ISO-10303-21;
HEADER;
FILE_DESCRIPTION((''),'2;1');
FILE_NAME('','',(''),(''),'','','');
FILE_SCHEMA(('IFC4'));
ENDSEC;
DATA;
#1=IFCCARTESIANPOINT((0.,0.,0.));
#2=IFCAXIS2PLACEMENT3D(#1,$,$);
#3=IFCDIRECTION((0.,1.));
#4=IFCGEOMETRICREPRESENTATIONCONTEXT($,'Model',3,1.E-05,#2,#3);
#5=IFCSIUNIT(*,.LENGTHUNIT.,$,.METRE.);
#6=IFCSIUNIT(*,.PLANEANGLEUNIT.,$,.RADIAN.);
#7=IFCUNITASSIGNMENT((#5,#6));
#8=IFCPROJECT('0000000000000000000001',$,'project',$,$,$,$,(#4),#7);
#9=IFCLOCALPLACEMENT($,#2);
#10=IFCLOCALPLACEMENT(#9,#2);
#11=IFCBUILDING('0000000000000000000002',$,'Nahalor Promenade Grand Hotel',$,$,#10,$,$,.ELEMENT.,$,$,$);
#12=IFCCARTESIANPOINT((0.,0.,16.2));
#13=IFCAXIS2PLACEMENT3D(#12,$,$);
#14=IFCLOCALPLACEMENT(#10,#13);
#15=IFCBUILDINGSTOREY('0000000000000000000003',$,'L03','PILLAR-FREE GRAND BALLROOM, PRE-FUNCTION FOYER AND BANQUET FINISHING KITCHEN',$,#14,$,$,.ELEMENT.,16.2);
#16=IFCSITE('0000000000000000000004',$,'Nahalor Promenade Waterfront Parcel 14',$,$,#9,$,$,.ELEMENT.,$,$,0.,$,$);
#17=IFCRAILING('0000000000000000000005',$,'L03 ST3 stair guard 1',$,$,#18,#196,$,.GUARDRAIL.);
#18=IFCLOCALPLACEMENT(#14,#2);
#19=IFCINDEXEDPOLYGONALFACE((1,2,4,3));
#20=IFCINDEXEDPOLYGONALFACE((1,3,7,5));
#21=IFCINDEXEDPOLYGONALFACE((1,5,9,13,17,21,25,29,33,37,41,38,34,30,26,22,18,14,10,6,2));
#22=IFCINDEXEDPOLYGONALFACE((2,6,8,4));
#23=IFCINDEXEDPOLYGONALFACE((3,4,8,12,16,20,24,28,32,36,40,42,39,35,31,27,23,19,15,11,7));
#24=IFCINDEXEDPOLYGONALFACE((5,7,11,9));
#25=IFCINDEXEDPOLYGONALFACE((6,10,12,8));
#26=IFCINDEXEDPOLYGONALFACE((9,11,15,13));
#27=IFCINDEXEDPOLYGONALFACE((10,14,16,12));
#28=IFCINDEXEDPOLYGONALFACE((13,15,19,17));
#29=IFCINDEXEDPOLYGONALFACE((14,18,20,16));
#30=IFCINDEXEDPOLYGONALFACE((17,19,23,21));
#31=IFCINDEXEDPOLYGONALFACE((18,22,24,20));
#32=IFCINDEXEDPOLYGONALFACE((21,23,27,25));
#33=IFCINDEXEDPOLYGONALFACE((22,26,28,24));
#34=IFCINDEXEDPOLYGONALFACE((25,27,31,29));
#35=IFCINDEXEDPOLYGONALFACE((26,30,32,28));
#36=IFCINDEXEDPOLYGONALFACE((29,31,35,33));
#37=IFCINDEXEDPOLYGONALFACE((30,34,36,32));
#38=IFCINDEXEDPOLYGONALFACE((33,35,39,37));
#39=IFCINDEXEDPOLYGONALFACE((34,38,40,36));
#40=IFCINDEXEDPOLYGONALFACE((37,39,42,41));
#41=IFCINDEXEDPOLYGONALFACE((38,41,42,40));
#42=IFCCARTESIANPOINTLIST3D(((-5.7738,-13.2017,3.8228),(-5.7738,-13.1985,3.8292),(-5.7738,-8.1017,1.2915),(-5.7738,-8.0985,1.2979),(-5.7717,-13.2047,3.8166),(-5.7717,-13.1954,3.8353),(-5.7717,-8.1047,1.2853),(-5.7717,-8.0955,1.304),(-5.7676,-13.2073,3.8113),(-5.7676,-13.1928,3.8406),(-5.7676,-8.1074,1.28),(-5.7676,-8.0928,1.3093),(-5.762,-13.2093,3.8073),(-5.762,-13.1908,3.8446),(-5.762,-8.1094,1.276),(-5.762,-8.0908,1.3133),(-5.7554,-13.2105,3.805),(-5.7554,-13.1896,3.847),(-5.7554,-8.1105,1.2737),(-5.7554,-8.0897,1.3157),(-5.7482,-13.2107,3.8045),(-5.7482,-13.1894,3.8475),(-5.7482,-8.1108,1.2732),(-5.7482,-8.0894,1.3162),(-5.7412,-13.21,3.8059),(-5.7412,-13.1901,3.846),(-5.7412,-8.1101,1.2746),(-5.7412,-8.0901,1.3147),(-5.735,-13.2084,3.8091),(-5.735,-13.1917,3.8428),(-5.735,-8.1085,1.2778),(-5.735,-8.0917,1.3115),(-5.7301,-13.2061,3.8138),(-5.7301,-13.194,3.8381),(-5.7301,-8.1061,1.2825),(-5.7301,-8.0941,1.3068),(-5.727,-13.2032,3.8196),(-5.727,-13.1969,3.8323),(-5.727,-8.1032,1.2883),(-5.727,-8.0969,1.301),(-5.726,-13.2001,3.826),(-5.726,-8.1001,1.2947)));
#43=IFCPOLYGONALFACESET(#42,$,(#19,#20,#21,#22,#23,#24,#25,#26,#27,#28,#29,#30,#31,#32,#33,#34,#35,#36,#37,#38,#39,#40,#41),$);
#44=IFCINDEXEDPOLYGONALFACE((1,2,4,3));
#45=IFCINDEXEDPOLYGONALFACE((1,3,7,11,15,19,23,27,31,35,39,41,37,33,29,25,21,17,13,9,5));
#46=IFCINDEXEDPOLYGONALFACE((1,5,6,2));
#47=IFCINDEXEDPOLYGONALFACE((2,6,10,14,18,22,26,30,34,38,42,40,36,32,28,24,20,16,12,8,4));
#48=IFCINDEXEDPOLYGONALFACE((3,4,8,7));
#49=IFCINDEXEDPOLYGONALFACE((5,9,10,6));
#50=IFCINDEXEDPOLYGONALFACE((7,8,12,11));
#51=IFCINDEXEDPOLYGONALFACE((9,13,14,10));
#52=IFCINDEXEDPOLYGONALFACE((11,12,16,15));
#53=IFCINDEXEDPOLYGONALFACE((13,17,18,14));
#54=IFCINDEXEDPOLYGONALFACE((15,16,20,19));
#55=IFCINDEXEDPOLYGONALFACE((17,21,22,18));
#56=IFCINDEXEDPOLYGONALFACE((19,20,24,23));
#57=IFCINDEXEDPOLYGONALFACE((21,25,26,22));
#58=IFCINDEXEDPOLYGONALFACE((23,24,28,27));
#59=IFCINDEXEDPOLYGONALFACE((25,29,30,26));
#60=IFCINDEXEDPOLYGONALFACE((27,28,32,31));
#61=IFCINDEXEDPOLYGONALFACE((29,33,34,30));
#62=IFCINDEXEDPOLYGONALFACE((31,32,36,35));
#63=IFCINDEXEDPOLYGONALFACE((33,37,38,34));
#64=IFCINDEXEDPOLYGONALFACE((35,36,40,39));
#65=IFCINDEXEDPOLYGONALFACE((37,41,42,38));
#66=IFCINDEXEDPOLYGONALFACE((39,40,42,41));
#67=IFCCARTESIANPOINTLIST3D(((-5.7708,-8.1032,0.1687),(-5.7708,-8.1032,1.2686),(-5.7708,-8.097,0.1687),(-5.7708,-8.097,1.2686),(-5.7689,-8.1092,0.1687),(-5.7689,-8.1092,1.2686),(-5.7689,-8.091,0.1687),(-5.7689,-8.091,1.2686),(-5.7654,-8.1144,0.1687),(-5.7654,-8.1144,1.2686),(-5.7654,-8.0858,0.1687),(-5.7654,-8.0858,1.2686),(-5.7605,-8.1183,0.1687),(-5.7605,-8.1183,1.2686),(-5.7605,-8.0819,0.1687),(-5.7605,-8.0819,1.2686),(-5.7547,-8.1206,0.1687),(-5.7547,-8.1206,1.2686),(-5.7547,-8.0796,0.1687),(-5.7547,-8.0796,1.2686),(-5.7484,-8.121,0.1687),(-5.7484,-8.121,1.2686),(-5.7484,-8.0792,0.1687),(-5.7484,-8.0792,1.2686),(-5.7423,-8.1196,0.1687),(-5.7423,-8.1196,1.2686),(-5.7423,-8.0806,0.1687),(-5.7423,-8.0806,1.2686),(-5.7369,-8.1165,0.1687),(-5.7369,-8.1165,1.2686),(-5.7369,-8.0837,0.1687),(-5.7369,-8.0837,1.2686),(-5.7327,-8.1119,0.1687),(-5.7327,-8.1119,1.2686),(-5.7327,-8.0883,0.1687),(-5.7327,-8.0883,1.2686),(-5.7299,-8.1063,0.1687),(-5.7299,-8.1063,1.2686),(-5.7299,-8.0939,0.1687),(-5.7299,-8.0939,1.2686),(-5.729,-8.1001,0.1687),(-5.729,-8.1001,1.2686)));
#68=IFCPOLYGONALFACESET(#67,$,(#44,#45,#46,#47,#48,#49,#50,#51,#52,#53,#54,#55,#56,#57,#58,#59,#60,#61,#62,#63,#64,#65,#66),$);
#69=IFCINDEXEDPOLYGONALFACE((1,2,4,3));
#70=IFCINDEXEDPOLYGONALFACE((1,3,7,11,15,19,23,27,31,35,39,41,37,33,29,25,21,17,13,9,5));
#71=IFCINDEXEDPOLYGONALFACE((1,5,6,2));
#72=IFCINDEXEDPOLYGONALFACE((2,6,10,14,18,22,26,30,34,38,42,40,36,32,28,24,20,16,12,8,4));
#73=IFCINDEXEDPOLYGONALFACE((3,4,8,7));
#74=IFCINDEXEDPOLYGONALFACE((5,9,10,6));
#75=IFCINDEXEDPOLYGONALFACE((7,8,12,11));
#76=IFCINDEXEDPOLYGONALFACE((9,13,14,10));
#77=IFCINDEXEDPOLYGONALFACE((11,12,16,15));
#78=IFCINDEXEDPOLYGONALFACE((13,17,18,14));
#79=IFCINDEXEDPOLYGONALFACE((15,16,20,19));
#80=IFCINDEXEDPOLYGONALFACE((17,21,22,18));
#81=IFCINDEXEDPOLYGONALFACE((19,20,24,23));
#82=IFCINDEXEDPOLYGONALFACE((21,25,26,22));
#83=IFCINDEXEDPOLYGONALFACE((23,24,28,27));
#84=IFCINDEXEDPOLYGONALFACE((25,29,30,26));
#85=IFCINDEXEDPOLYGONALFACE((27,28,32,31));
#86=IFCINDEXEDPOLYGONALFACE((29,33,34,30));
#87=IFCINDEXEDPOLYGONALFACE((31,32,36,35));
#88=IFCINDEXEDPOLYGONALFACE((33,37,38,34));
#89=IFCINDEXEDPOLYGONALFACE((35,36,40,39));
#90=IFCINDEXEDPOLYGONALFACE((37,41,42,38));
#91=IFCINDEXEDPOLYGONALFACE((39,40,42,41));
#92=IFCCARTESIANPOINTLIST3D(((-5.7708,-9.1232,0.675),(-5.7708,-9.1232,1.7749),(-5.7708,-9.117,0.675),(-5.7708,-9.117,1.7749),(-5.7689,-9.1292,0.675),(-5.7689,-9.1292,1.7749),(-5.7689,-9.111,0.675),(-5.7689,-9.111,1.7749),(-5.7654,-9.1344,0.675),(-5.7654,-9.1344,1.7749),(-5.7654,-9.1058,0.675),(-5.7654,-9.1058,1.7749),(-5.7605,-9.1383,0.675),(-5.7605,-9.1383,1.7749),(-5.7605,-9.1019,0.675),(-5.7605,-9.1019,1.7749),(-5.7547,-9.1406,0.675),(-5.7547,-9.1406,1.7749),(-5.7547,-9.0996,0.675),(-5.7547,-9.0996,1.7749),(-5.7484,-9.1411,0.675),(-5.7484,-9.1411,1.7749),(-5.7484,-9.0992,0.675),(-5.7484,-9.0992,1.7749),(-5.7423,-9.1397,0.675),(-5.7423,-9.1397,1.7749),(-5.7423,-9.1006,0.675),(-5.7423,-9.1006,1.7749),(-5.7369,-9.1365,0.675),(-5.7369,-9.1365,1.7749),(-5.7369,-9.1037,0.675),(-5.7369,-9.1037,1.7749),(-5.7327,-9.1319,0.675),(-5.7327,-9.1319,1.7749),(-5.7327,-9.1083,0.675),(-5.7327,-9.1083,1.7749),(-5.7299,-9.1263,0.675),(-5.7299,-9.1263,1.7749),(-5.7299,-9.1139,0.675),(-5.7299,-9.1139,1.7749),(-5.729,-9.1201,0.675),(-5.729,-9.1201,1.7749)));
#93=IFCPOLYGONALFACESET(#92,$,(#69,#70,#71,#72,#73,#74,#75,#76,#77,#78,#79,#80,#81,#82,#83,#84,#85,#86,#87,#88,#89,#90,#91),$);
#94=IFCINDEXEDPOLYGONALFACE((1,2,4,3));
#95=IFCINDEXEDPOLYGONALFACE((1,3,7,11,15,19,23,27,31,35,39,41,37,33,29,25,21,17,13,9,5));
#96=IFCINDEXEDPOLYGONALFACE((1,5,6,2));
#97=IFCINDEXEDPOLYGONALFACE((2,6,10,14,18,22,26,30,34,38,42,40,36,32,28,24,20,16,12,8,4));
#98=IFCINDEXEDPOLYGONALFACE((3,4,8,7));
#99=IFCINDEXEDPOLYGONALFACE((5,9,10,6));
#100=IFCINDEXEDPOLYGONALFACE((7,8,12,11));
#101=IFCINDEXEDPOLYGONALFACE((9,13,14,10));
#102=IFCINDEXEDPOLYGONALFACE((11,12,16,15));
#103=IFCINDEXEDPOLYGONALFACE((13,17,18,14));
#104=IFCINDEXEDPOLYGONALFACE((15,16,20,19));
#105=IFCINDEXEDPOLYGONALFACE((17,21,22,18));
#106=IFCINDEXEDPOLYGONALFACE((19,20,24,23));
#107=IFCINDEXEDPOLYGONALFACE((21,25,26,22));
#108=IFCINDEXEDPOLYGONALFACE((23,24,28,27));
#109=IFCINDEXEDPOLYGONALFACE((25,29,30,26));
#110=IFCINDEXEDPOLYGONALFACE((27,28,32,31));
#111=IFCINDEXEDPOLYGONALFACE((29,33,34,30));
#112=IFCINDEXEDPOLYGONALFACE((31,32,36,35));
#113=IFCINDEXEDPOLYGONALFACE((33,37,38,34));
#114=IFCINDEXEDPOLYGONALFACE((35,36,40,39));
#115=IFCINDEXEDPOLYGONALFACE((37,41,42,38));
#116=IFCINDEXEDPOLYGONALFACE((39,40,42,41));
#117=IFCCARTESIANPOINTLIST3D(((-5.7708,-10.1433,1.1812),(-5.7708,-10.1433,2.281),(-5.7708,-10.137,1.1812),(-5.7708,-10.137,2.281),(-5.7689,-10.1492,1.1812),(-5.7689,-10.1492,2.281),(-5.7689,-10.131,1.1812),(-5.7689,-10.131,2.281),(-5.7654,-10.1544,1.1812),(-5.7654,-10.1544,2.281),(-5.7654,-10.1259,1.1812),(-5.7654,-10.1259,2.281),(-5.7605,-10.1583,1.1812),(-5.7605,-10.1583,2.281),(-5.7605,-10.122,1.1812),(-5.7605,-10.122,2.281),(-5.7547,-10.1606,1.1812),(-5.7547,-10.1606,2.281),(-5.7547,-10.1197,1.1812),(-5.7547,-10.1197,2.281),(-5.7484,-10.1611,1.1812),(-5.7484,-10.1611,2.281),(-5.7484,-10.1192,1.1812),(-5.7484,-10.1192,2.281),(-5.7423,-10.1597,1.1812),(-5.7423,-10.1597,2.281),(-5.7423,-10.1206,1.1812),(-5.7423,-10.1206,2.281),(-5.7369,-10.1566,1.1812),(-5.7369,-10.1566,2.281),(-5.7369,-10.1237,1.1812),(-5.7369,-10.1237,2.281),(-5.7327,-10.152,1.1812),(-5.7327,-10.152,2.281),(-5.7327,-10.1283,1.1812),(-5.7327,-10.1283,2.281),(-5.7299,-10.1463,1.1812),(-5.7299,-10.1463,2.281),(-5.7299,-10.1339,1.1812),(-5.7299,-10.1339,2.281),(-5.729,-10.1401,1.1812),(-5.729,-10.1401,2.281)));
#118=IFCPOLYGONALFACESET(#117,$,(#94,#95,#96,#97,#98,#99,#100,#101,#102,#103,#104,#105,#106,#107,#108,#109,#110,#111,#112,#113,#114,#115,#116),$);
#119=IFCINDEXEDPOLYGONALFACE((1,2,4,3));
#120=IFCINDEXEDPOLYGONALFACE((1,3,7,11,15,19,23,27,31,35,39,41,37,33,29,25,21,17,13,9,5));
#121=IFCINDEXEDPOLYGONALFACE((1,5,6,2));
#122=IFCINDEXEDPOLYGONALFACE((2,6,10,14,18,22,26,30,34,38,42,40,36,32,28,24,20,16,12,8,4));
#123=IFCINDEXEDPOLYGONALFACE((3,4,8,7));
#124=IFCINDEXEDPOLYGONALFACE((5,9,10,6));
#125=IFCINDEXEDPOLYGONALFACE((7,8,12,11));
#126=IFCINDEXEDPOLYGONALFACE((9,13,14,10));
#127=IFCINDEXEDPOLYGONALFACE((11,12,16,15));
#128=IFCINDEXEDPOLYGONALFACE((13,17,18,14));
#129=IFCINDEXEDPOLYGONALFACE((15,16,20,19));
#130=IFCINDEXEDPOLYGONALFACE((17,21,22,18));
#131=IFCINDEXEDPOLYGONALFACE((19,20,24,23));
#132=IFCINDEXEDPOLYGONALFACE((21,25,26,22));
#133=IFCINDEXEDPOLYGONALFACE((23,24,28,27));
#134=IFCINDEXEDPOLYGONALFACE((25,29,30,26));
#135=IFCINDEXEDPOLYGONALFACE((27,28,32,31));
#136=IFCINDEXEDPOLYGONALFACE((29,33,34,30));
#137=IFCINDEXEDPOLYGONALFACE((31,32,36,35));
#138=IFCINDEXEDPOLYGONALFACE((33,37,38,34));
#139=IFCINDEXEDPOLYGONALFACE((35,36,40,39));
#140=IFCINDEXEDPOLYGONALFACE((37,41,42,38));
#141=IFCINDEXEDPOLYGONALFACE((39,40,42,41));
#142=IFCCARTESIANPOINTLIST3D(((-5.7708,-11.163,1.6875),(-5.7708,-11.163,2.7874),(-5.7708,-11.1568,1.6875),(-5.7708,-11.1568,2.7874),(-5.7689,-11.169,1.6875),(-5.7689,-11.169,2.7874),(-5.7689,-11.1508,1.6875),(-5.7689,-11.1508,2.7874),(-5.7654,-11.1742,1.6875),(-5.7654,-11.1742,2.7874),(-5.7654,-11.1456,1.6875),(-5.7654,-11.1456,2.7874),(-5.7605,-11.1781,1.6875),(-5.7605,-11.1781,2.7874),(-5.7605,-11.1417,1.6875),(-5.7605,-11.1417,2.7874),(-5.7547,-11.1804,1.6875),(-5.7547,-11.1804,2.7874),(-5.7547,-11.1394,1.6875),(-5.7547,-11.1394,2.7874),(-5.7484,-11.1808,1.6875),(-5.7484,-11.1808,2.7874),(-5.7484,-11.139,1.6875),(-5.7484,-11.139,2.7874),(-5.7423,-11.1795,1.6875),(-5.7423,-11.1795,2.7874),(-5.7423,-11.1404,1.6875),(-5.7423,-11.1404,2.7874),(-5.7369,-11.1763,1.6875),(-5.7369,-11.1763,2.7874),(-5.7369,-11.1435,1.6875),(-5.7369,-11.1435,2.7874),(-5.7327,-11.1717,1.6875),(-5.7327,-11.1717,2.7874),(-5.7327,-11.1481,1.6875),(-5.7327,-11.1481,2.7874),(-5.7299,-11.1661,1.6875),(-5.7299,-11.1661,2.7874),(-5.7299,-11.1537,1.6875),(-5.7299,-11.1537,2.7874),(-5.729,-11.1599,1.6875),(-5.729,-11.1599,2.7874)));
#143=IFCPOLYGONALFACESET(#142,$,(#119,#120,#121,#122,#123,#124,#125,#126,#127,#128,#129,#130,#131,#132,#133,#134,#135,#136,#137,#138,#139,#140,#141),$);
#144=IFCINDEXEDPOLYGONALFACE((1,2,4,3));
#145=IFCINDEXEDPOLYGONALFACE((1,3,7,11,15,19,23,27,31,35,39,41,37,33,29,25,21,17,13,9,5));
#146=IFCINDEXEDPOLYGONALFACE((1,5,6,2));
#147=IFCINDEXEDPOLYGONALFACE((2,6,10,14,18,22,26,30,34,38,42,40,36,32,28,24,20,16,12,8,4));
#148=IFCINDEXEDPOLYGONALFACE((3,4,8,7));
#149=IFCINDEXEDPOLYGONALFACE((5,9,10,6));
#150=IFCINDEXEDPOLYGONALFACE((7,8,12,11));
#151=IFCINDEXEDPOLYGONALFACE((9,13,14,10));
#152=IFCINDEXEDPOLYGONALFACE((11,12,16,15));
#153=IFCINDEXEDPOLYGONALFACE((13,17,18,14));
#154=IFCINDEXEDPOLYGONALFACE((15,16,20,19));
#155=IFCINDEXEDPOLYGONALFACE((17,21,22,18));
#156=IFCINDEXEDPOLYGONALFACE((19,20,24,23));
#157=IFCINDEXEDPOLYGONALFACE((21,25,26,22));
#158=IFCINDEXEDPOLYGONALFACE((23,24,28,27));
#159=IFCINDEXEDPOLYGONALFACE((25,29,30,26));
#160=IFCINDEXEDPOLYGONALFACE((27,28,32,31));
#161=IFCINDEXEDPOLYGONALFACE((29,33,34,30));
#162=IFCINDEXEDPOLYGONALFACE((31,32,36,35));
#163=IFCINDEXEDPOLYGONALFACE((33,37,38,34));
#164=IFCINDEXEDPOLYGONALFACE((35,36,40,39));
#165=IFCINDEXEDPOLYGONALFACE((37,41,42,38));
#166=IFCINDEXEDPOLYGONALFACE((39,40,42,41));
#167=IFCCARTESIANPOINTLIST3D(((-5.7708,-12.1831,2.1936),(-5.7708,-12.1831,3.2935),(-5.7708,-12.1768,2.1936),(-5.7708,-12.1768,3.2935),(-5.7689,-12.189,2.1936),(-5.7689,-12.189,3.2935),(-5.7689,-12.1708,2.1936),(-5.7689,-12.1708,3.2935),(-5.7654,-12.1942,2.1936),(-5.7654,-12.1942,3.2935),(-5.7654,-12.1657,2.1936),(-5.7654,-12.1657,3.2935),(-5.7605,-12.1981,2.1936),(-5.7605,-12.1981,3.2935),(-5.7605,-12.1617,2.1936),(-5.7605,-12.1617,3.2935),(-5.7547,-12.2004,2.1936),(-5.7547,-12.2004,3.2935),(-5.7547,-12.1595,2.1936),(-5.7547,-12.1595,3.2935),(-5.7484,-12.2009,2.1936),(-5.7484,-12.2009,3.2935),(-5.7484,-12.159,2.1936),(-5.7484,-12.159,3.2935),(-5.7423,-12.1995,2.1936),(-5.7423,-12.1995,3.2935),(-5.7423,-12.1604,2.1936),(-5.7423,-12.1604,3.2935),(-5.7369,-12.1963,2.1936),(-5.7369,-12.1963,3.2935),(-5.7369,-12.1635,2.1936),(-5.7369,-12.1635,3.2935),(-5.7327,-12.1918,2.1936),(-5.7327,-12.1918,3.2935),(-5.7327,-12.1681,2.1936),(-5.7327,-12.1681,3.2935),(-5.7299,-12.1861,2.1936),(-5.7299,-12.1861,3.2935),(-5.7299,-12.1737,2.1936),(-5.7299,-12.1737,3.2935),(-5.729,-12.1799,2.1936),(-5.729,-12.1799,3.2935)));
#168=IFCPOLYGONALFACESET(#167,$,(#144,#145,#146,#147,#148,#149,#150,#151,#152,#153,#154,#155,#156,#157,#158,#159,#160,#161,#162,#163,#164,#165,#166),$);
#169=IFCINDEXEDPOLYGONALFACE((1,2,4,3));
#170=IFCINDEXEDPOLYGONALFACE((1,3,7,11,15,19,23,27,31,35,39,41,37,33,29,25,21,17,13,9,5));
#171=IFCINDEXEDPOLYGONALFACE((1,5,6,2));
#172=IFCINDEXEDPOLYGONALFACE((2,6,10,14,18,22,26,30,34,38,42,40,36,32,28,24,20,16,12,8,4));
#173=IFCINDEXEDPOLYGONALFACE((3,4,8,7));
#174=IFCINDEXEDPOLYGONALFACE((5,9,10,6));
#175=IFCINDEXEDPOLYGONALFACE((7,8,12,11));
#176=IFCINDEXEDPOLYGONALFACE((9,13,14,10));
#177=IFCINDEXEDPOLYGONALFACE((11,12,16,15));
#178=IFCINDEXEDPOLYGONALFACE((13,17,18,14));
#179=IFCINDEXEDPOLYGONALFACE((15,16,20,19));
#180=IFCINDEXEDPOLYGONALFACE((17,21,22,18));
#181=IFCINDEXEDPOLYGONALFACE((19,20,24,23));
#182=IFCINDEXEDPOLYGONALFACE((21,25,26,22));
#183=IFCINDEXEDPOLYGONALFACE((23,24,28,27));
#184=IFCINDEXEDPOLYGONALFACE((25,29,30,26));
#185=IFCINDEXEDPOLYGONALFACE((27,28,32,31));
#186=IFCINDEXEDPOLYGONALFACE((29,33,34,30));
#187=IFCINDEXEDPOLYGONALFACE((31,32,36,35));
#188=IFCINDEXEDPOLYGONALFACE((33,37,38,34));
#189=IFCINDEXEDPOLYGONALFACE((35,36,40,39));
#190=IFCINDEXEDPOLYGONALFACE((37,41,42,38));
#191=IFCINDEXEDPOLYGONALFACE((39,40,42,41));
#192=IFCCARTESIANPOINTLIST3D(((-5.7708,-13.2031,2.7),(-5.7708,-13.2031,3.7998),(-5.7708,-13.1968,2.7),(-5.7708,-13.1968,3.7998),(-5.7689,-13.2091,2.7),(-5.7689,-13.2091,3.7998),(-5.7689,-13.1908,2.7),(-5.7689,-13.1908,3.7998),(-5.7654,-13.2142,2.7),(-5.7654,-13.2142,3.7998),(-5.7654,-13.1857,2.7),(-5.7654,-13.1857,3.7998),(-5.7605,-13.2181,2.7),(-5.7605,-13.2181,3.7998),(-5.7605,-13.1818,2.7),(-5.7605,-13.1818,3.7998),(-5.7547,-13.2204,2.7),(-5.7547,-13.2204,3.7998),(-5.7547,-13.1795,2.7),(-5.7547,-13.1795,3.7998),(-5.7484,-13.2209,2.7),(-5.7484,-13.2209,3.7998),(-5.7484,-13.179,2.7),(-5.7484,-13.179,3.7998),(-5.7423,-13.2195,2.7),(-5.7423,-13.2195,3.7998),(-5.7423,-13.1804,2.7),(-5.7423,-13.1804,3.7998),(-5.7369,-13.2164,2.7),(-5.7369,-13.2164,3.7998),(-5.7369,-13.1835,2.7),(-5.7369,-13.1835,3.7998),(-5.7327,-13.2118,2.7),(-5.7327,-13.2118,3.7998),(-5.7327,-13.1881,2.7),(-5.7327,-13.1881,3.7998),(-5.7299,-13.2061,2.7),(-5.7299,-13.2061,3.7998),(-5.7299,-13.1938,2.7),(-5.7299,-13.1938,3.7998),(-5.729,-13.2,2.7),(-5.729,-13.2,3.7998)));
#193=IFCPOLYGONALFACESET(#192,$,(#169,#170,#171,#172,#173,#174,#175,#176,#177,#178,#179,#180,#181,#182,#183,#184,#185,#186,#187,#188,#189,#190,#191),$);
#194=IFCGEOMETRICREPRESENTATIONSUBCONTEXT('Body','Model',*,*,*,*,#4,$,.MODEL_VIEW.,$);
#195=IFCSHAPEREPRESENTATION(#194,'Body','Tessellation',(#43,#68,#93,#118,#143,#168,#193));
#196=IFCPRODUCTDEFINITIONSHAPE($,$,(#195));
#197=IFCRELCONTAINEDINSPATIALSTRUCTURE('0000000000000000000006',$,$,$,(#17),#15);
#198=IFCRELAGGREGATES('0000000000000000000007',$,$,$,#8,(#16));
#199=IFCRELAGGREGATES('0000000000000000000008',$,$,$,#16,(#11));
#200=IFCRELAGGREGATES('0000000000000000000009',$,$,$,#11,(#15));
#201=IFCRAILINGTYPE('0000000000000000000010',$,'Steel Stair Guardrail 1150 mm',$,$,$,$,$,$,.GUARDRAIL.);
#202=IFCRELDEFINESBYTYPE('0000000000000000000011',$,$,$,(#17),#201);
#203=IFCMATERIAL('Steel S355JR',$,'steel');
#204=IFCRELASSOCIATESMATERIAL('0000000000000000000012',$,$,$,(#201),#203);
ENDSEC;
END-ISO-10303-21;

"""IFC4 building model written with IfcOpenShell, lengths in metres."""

from ifc_helpers import new_model, si_unit, direction, frame, origin, origin_2d, place, context, subcontext, project, spatial, circle, extrude, material, type_object, element, save


model = new_model("IFC4")

# Units and contexts
model_context = context("Model", 3, precision=1e-05, world=origin(), true_north=direction((0.0, 1.0)))
body_context = subcontext(model_context, "Body", "Model", "MODEL_VIEW")
ifc_project = project(units=[si_unit("LENGTHUNIT", "METRE"), si_unit("PLANEANGLEUNIT", "RADIAN")], contexts=[model_context])

# Site, building, storey
site_placement = place(None, origin())
site = spatial("IfcSite", under=ifc_project, at=site_placement, Name="Nahalor Promenade Waterfront Parcel 14", CompositionType="ELEMENT", RefElevation=0.0)
building_placement = place(site_placement, origin())
building = spatial("IfcBuilding", under=site, at=building_placement, Name="Nahalor Promenade Grand Hotel", CompositionType="ELEMENT")
storey_placement = place(building_placement, frame((0.0, 0.0, 16.2)))
storey = spatial("IfcBuildingStorey", under=building, at=storey_placement, Name="L03", Description="PILLAR-FREE GRAND BALLROOM, PRE-FUNCTION FOYER AND BANQUET FINISHING KITCHEN", CompositionType="ELEMENT", Elevation=16.2)

# Shared definitions
ifc_material_1 = material(Name="Steel S355JR", Category="steel")

# Railing
railing_type_1 = type_object("IfcRailingType", Name="Steel Stair Guardrail 1150 mm", PredefinedType="GUARDRAIL", material=ifc_material_1)
railing_1_placement = place(storey_placement, frame((-5.75, -8.1001, 0.1687)))
element("IfcRailing", 1, at=railing_1_placement, inside=storey, type_object=railing_type_1, Name="L03 ST3 stair guard 1", PredefinedType="GUARDRAIL", context=body_context, shape_type="SweptSolid", body=[
    extrude(circle(Radius=0.024, at=origin_2d()), frame((0.0, 0.0, 1.126), z_axis=(0.0, -0.895735, 0.444587), x_axis=(1.0, 0.0, 0.0)), (0.0, 0.0, 1.0), 5.6936),
    extrude(circle(Radius=0.021, at=origin_2d()), origin(), (0.0, 0.0, 1.0), 1.0999),
    extrude(circle(Radius=0.021, at=origin_2d()), frame((0.0, -1.02, 0.5063)), (0.0, 0.0, 1.0), 1.0999),
    extrude(circle(Radius=0.021, at=origin_2d()), frame((0.0, -2.04, 1.0125)), (0.0, 0.0, 1.0), 1.0999),
    extrude(circle(Radius=0.021, at=origin_2d()), frame((0.0, -3.0598, 1.5188)), (0.0, 0.0, 1.0), 1.0999),
    extrude(circle(Radius=0.021, at=origin_2d()), frame((0.0, -4.0798, 2.0249)), (0.0, 0.0, 1.0), 1.0999),
    extrude(circle(Radius=0.021, at=origin_2d()), frame((0.0, -5.0999, 2.5312)), (0.0, 0.0, 1.0), 1.0999),
])

save(model, "model.ifc")
